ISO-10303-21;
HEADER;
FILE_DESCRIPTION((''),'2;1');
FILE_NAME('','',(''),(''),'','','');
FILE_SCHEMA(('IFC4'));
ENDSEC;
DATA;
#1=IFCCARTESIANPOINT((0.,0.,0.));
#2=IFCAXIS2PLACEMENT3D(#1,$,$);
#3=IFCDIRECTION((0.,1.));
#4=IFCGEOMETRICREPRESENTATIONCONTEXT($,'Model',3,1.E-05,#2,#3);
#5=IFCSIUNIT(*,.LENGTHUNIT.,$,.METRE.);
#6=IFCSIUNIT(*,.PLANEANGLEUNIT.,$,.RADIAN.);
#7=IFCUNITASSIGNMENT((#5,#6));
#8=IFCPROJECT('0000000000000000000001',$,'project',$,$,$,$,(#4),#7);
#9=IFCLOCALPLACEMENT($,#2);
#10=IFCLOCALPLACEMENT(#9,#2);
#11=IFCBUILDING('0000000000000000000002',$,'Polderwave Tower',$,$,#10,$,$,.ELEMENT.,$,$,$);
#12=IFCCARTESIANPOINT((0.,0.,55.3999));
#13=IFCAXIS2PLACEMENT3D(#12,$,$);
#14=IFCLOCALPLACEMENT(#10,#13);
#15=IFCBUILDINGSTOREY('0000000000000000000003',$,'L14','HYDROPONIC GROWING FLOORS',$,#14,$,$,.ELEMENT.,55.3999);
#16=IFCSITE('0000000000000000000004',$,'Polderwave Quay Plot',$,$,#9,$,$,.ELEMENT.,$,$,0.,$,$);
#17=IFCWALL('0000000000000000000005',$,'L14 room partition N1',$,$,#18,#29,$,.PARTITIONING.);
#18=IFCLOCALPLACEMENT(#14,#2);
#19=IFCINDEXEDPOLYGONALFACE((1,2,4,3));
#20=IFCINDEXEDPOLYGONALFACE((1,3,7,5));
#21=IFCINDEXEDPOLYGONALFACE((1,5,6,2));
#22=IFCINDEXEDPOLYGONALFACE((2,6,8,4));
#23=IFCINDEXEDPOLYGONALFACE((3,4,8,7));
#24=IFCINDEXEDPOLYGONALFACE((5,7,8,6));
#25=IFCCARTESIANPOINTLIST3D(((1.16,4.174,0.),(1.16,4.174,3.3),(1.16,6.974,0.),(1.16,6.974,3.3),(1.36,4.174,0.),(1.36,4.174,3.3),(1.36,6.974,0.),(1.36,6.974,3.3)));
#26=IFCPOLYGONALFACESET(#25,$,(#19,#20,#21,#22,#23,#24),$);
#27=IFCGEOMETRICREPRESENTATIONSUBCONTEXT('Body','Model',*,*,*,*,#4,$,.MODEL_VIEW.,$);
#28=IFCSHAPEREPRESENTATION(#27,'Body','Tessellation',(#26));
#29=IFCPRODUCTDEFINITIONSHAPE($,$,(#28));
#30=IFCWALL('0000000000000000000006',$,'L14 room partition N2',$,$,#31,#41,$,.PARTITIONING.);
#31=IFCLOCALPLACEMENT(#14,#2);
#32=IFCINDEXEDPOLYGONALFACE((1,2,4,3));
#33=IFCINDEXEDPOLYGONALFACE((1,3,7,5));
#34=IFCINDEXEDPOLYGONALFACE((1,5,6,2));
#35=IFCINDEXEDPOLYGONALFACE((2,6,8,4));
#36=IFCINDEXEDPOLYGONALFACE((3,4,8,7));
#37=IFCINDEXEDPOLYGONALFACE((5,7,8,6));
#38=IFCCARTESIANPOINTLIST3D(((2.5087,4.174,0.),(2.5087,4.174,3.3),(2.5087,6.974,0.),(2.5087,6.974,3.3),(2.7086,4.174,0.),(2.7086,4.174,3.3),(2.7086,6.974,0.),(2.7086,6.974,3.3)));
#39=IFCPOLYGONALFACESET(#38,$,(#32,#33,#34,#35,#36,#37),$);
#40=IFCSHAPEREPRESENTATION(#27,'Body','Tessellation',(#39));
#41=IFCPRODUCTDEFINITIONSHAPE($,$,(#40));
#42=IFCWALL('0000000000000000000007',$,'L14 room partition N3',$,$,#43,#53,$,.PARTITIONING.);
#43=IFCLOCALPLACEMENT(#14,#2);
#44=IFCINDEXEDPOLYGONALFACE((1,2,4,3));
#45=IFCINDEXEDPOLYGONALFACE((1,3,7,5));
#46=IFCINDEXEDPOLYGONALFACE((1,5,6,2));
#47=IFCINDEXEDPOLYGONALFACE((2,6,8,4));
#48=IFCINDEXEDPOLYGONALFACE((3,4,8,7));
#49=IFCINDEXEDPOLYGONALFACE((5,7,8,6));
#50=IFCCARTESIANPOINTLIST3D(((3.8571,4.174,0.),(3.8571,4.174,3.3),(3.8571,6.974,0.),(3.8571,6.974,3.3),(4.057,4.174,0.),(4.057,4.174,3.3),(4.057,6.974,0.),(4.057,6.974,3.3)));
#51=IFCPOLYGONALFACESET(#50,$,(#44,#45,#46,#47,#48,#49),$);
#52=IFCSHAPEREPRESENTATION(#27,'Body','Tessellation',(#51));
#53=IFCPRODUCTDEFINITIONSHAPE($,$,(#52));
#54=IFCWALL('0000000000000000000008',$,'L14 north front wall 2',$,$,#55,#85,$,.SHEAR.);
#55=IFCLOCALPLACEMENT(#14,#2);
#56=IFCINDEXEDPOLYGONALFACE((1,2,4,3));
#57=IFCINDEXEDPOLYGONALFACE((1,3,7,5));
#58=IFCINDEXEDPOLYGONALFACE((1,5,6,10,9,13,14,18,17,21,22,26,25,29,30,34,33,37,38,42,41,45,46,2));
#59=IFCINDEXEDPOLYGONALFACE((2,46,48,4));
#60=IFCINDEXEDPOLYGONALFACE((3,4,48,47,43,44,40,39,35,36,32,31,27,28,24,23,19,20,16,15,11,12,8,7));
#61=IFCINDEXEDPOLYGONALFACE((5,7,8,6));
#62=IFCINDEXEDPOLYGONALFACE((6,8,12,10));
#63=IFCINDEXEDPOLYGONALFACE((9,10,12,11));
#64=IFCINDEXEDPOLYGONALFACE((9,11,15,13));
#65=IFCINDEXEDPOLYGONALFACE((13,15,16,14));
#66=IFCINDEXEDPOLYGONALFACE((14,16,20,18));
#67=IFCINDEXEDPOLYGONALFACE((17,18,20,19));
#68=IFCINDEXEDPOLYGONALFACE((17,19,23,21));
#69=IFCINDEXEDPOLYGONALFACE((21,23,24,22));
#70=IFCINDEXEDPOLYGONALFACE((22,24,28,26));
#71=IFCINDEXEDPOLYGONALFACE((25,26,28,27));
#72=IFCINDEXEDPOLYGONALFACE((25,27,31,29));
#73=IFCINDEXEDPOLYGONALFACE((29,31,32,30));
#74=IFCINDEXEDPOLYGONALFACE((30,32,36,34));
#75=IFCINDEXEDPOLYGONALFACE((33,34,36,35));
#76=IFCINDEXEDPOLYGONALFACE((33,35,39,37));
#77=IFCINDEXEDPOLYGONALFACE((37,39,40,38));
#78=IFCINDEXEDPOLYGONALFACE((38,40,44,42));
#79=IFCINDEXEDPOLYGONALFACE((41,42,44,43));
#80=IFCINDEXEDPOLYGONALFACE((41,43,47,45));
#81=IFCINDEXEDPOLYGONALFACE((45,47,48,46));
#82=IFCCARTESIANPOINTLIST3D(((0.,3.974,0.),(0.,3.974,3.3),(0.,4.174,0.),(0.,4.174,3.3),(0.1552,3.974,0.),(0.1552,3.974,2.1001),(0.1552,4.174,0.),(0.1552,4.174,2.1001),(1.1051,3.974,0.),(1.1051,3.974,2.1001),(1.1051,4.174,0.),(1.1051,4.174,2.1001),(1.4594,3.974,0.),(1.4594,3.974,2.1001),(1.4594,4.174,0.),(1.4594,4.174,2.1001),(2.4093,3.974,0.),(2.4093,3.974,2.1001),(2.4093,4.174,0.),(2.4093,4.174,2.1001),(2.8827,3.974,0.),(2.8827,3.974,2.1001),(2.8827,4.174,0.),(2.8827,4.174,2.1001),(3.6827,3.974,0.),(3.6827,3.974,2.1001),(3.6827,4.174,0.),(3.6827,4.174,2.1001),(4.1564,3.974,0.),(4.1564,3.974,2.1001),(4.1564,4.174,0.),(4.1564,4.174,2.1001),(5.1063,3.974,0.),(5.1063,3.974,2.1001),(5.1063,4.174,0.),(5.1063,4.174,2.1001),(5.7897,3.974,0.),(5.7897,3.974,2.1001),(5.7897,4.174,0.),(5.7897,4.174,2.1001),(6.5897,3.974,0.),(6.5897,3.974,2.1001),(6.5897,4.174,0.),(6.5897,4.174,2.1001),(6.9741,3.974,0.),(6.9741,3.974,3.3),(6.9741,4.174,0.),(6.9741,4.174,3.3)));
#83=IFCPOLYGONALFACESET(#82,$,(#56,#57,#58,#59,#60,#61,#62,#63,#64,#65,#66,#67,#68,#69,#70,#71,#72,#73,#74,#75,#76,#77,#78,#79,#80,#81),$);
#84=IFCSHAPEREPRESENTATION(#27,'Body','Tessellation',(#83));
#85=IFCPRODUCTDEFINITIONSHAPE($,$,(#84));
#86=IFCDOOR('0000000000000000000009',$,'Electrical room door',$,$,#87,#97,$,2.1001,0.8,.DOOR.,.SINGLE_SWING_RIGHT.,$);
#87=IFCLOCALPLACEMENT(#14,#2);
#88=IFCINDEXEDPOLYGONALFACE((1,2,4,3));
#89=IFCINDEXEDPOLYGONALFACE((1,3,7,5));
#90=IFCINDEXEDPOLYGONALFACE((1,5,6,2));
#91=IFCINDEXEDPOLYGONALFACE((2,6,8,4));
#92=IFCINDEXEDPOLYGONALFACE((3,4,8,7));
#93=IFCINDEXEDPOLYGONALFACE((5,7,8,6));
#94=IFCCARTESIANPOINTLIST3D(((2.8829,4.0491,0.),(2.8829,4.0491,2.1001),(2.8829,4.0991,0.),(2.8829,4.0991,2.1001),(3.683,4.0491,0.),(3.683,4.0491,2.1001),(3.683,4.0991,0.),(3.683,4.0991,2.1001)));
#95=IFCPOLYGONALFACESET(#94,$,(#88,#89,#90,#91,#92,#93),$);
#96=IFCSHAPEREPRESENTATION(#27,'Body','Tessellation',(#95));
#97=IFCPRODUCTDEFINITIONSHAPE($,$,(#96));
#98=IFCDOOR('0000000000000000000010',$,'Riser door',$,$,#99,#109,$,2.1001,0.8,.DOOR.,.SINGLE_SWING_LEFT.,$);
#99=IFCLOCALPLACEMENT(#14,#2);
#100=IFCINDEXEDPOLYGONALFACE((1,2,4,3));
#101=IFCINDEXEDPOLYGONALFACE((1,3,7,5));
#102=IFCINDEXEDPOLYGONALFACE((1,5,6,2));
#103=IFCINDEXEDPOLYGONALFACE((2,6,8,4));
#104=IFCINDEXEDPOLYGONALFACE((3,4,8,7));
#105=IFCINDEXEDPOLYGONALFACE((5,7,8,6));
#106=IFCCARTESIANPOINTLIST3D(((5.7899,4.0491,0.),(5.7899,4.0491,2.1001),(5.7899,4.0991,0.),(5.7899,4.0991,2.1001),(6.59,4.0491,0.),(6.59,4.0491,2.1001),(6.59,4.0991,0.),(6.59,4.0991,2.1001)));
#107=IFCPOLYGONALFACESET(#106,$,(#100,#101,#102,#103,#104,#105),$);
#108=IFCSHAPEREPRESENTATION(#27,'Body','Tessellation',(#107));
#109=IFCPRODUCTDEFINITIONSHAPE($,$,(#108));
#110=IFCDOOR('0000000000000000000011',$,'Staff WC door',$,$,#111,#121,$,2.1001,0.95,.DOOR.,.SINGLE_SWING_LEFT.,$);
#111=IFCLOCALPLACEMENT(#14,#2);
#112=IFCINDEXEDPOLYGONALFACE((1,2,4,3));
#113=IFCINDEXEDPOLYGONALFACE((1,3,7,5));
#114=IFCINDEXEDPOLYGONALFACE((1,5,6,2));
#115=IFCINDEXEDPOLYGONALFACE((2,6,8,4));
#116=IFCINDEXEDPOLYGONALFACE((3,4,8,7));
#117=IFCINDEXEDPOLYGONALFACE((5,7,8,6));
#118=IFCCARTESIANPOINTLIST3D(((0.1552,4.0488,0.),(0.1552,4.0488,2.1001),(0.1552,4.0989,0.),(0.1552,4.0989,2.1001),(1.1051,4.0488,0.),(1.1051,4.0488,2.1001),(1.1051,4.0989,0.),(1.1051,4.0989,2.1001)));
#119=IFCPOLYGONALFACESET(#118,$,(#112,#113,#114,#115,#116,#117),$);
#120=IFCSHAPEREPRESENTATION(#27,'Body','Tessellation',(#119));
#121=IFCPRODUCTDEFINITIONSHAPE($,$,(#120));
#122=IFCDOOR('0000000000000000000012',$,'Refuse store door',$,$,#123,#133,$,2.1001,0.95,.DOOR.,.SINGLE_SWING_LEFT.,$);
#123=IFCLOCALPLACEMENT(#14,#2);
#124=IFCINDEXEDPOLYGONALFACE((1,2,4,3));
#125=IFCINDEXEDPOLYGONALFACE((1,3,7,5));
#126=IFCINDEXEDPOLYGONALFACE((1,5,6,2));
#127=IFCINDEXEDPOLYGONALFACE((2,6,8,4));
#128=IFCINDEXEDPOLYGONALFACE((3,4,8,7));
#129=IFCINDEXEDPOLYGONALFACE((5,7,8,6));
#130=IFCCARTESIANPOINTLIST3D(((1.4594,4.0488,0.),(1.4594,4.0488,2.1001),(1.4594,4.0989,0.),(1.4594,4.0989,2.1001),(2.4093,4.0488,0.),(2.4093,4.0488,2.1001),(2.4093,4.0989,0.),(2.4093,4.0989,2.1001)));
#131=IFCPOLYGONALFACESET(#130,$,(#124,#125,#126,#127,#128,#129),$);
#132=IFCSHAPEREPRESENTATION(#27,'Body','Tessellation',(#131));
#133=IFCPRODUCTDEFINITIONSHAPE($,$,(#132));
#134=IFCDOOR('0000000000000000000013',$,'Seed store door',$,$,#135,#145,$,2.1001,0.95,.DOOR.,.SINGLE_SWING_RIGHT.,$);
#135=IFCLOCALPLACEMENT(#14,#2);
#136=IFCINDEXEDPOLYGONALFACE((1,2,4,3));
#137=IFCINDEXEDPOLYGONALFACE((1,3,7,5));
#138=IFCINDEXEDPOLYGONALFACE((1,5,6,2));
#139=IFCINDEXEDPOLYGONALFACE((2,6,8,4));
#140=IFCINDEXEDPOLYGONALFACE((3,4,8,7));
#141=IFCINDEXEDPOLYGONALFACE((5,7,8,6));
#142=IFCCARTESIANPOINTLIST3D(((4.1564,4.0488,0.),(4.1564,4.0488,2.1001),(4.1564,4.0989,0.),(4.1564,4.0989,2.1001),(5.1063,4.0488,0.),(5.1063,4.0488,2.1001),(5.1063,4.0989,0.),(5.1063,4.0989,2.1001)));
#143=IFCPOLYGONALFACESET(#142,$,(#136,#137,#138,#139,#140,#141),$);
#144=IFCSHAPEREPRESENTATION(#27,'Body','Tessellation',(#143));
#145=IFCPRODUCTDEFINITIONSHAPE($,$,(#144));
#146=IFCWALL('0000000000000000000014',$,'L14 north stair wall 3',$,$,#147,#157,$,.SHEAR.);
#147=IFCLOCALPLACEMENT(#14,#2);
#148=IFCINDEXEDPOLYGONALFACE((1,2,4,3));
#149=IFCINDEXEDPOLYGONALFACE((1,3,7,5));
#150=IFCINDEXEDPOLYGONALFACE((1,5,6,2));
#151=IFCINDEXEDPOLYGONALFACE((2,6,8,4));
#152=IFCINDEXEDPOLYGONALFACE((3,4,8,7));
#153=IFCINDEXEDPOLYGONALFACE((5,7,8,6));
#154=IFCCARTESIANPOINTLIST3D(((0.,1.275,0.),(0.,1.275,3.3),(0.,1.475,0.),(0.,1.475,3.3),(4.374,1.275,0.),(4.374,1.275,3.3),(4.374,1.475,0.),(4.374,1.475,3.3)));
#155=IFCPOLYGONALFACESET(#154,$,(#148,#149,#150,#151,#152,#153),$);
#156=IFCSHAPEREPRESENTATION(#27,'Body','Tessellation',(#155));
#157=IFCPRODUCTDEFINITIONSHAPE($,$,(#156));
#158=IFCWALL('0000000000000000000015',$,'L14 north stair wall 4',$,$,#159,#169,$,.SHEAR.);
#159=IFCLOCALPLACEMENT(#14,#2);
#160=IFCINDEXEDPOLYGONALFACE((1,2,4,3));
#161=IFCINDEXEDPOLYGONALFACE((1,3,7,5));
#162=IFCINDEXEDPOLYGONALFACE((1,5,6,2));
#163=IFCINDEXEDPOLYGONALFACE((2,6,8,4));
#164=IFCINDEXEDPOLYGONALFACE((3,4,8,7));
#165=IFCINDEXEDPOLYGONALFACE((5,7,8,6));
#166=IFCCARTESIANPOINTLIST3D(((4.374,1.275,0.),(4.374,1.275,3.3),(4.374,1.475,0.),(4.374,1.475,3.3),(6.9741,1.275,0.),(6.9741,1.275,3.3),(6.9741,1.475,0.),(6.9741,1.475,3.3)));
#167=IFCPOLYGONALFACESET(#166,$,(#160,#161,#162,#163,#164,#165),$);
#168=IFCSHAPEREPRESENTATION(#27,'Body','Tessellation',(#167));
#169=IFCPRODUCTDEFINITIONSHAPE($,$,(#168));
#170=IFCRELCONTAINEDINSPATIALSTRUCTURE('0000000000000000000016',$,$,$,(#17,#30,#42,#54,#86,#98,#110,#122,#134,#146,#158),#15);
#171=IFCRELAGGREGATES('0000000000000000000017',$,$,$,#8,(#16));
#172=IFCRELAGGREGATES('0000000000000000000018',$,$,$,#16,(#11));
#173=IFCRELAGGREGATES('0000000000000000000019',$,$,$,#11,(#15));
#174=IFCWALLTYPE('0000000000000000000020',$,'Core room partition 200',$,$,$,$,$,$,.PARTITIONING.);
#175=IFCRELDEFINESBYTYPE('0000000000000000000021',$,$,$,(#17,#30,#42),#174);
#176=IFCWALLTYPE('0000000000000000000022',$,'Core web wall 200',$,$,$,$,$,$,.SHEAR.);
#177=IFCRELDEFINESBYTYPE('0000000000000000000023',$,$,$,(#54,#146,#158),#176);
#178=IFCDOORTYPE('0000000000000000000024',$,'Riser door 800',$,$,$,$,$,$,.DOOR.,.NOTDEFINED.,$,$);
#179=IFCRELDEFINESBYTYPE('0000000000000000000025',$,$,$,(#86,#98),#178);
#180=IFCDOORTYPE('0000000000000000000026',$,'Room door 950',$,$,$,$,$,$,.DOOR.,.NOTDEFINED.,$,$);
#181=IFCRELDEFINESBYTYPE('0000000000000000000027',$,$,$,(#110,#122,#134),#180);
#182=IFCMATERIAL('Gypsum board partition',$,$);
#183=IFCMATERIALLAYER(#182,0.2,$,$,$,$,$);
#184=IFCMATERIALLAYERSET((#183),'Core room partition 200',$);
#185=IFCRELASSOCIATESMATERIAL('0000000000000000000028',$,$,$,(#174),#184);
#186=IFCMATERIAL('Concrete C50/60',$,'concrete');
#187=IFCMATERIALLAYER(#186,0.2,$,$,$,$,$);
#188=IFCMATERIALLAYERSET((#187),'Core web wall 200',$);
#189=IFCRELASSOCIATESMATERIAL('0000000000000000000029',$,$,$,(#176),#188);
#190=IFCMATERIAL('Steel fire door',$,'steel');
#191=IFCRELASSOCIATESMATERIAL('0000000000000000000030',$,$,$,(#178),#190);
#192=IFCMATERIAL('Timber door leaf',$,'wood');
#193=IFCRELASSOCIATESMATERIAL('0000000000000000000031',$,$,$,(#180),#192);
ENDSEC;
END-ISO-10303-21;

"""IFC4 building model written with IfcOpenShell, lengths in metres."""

from ifc_helpers import new_model, si_unit, direction, frame, frame_2d, origin, place, context, subcontext, project, spatial, rectangle, extrude, material, layer, layer_set, type_object, element, fill, save


model = new_model("IFC4")

# Units and contexts
model_context = context("Model", 3, precision=1e-05, world=origin(), true_north=direction((0.0, 1.0)))
body_context = subcontext(model_context, "Body", "Model", "MODEL_VIEW")
ifc_project = project(units=[si_unit("LENGTHUNIT", "METRE"), si_unit("PLANEANGLEUNIT", "RADIAN")], contexts=[model_context])

# Site, building, storey
site_placement = place(None, origin())
site = spatial("IfcSite", under=ifc_project, at=site_placement, Name="Polderwave Quay Plot", CompositionType="ELEMENT", RefElevation=0.0)
building_placement = place(site_placement, origin())
building = spatial("IfcBuilding", under=site, at=building_placement, Name="Polderwave Tower", CompositionType="ELEMENT")
storey_placement = place(building_placement, frame((0.0, 0.0, 55.3999)))
storey = spatial("IfcBuildingStorey", under=building, at=storey_placement, Name="L14", Description="HYDROPONIC GROWING FLOORS", CompositionType="ELEMENT", Elevation=55.3999)

# Walls
ifc_material_1 = material(Name="Gypsum board partition")
ifc_layer_1 = layer(ifc_material_1, 0.2)
ifc_layer_set_1 = layer_set([ifc_layer_1], Name="Core room partition 200")
wall_type_1 = type_object("IfcWallType", Name="Core room partition 200", PredefinedType="PARTITIONING", material=ifc_layer_set_1)
for number, where, z_axis, x_axis, name in (
    (1, (1.26, 4.1741, 0.0), (0.0, 0.0, 1.0), (0.0, 1.0, 0.0), "L14 room partition N1"),
    (2, (2.6086, 4.1741, 0.0), (0.0, 0.0, 1.0), (0.0, 1.0, 0.0), "L14 room partition N2"),
    (3, (3.957, 4.1741, 0.0), (0.0, 0.0, 1.0), (0.0, 1.0, 0.0), "L14 room partition N3"),
):
    element("IfcWall", number, at=place(storey_placement, frame(where, z_axis=z_axis, x_axis=x_axis)), inside=storey, type_object=wall_type_1, Name=name, PredefinedType="PARTITIONING", context=body_context, shape_type="SweptSolid", body=[
        extrude(rectangle(XDim=2.8, YDim=0.2, at=frame_2d((1.3999, 0.0))), origin(), (0.0, 0.0, 1.0), 3.3),
    ])

# Wall, openings, doors
ifc_material_2 = material(Name="Concrete C50/60", Category="concrete")
ifc_layer_2 = layer(ifc_material_2, 0.2)
ifc_layer_set_2 = layer_set([ifc_layer_2], Name="Core web wall 200")
wall_type_2 = type_object("IfcWallType", Name="Core web wall 200", PredefinedType="SHEAR", material=ifc_layer_set_2)
wall_1_placement = place(storey_placement, frame((0.0, 4.074, 0.0), z_axis=(0.0, 0.0, 1.0), x_axis=(1.0, 0.0, 0.0)))
wall_1 = element("IfcWall", 4, at=wall_1_placement, inside=storey, type_object=wall_type_2, Name="L14 north front wall 2", PredefinedType="SHEAR", context=body_context, shape_type="SweptSolid", body=[
    extrude(rectangle(XDim=6.9741, YDim=0.2, at=frame_2d((3.4871, 0.0))), origin(), (0.0, 0.0, 1.0), 3.3),
])
opening_1_placement = place(wall_1_placement, frame((0.155, 0.0, 0.0)))
opening_1 = element("IfcOpeningElement", 5, at=opening_1_placement, cuts=wall_1, PredefinedType="OPENING", context=body_context, shape_type="SweptSolid", body=[
    extrude(rectangle(XDim=0.95, YDim=2.1001, at=frame_2d((0.4751, 1.05))), frame((0.0, 0.1099, 0.0), z_axis=(0.0, -1.0, 0.0), x_axis=(1.0, 0.0, 0.0)), (0.0, 0.0, 1.0), 0.22),
])
opening_2_placement = place(wall_1_placement, frame((1.4592, 0.0, 0.0)))
opening_2 = element("IfcOpeningElement", 6, at=opening_2_placement, cuts=wall_1, PredefinedType="OPENING", context=body_context, shape_type="SweptSolid", body=[
    extrude(rectangle(XDim=0.95, YDim=2.1001, at=frame_2d((0.4751, 1.05))), frame((0.0, 0.1099, 0.0), z_axis=(0.0, -1.0, 0.0), x_axis=(1.0, 0.0, 0.0)), (0.0, 0.0, 1.0), 0.22),
])
opening_3_placement = place(wall_1_placement, frame((2.8828, 0.0, 0.0)))
opening_3 = element("IfcOpeningElement", 7, at=opening_3_placement, cuts=wall_1, PredefinedType="OPENING", context=body_context, shape_type="SweptSolid", body=[
    extrude(rectangle(XDim=0.8, YDim=2.1001, at=frame_2d((0.3999, 1.05))), frame((0.0, 0.1099, 0.0), z_axis=(0.0, -1.0, 0.0), x_axis=(1.0, 0.0, 0.0)), (0.0, 0.0, 1.0), 0.22),
])
opening_4_placement = place(wall_1_placement, frame((4.1562, 0.0, 0.0)))
opening_4 = element("IfcOpeningElement", 8, at=opening_4_placement, cuts=wall_1, PredefinedType="OPENING", context=body_context, shape_type="SweptSolid", body=[
    extrude(rectangle(XDim=0.95, YDim=2.1001, at=frame_2d((0.4751, 1.05))), frame((0.0, 0.1099, 0.0), z_axis=(0.0, -1.0, 0.0), x_axis=(1.0, 0.0, 0.0)), (0.0, 0.0, 1.0), 0.22),
])
opening_5_placement = place(wall_1_placement, frame((5.7898, 0.0, 0.0)))
opening_5 = element("IfcOpeningElement", 9, at=opening_5_placement, cuts=wall_1, PredefinedType="OPENING", context=body_context, shape_type="SweptSolid", body=[
    extrude(rectangle(XDim=0.8, YDim=2.1001, at=frame_2d((0.3999, 1.05))), frame((0.0, 0.1099, 0.0), z_axis=(0.0, -1.0, 0.0), x_axis=(1.0, 0.0, 0.0)), (0.0, 0.0, 1.0), 0.22),
])
ifc_material_3 = material(Name="Steel fire door", Category="steel")
door_type_1 = type_object("IfcDoorType", Name="Riser door 800", OperationType="NOTDEFINED", PredefinedType="DOOR", material=ifc_material_3)
door_1_placement = place(opening_3_placement, frame((0.8, 0.0, 0.0), z_axis=(0.0, 0.0, 1.0), x_axis=(-1.0, 0.0, 0.0)))
door_1 = element("IfcDoor", 10, at=door_1_placement, inside=storey, type_object=door_type_1, Name="Electrical room door", OperationType="SINGLE_SWING_RIGHT", OverallHeight=2.1001, OverallWidth=0.8, PredefinedType="DOOR", context=body_context, shape_type="SweptSolid", body=[
    extrude(rectangle(XDim=0.8, YDim=2.1001, at=frame_2d((0.3999, 1.05))), frame((0.0, 0.0249, 0.0), z_axis=(0.0, -1.0, 0.0), x_axis=(1.0, 0.0, 0.0)), (0.0, 0.0, 1.0), 0.05),
])
fill(opening_3, door_1)
door_2_placement = place(opening_5_placement, frame((0.8, 0.0, 0.0), z_axis=(0.0, 0.0, 1.0), x_axis=(-1.0, 0.0, 0.0)))
door_2 = element("IfcDoor", 11, at=door_2_placement, inside=storey, type_object=door_type_1, Name="Riser door", OperationType="SINGLE_SWING_LEFT", OverallHeight=2.1001, OverallWidth=0.8, PredefinedType="DOOR", context=body_context, shape_type="SweptSolid", body=[
    extrude(rectangle(XDim=0.8, YDim=2.1001, at=frame_2d((0.3999, 1.05))), frame((0.0, 0.0249, 0.0), z_axis=(0.0, -1.0, 0.0), x_axis=(1.0, 0.0, 0.0)), (0.0, 0.0, 1.0), 0.05),
])
fill(opening_5, door_2)
ifc_material_4 = material(Name="Timber door leaf", Category="wood")
door_type_2 = type_object("IfcDoorType", Name="Room door 950", OperationType="NOTDEFINED", PredefinedType="DOOR", material=ifc_material_4)
door_3_placement = place(opening_1_placement, origin())
door_3 = element("IfcDoor", 12, at=door_3_placement, inside=storey, type_object=door_type_2, Name="Staff WC door", OperationType="SINGLE_SWING_LEFT", OverallHeight=2.1001, OverallWidth=0.95, PredefinedType="DOOR", context=body_context, shape_type="SweptSolid", body=[
    extrude(rectangle(XDim=0.95, YDim=2.1001, at=frame_2d((0.4751, 1.05))), frame((0.0, 0.0249, 0.0), z_axis=(0.0, -1.0, 0.0), x_axis=(1.0, 0.0, 0.0)), (0.0, 0.0, 1.0), 0.05),
])
fill(opening_1, door_3)
door_4_placement = place(opening_2_placement, origin())
door_4 = element("IfcDoor", 13, at=door_4_placement, inside=storey, type_object=door_type_2, Name="Refuse store door", OperationType="SINGLE_SWING_LEFT", OverallHeight=2.1001, OverallWidth=0.95, PredefinedType="DOOR", context=body_context, shape_type="SweptSolid", body=[
    extrude(rectangle(XDim=0.95, YDim=2.1001, at=frame_2d((0.4751, 1.05))), frame((0.0, 0.0249, 0.0), z_axis=(0.0, -1.0, 0.0), x_axis=(1.0, 0.0, 0.0)), (0.0, 0.0, 1.0), 0.05),
])
fill(opening_2, door_4)
door_5_placement = place(opening_4_placement, origin())
door_5 = element("IfcDoor", 14, at=door_5_placement, inside=storey, type_object=door_type_2, Name="Seed store door", OperationType="SINGLE_SWING_RIGHT", OverallHeight=2.1001, OverallWidth=0.95, PredefinedType="DOOR", context=body_context, shape_type="SweptSolid", body=[
    extrude(rectangle(XDim=0.95, YDim=2.1001, at=frame_2d((0.4751, 1.05))), frame((0.0, 0.0249, 0.0), z_axis=(0.0, -1.0, 0.0), x_axis=(1.0, 0.0, 0.0)), (0.0, 0.0, 1.0), 0.05),
])
fill(opening_4, door_5)

# Walls
wall_2_placement = place(storey_placement, frame((0.0, 1.375, 0.0), z_axis=(0.0, 0.0, 1.0), x_axis=(1.0, 0.0, 0.0)))
element("IfcWall", 15, at=wall_2_placement, inside=storey, type_object=wall_type_2, Name="L14 north stair wall 3", PredefinedType="SHEAR", context=body_context, shape_type="SweptSolid", body=[
    extrude(rectangle(XDim=4.374, YDim=0.2, at=frame_2d((2.187, 0.0))), origin(), (0.0, 0.0, 1.0), 3.3),
])
wall_3_placement = place(storey_placement, frame((4.374, 1.375, 0.0), z_axis=(0.0, 0.0, 1.0), x_axis=(1.0, 0.0, 0.0)))
element("IfcWall", 16, at=wall_3_placement, inside=storey, type_object=wall_type_2, Name="L14 north stair wall 4", PredefinedType="SHEAR", context=body_context, shape_type="SweptSolid", body=[
    extrude(rectangle(XDim=2.6001, YDim=0.2, at=frame_2d((1.3, 0.0))), origin(), (0.0, 0.0, 1.0), 3.3),
])

save(model, "model.ifc")
